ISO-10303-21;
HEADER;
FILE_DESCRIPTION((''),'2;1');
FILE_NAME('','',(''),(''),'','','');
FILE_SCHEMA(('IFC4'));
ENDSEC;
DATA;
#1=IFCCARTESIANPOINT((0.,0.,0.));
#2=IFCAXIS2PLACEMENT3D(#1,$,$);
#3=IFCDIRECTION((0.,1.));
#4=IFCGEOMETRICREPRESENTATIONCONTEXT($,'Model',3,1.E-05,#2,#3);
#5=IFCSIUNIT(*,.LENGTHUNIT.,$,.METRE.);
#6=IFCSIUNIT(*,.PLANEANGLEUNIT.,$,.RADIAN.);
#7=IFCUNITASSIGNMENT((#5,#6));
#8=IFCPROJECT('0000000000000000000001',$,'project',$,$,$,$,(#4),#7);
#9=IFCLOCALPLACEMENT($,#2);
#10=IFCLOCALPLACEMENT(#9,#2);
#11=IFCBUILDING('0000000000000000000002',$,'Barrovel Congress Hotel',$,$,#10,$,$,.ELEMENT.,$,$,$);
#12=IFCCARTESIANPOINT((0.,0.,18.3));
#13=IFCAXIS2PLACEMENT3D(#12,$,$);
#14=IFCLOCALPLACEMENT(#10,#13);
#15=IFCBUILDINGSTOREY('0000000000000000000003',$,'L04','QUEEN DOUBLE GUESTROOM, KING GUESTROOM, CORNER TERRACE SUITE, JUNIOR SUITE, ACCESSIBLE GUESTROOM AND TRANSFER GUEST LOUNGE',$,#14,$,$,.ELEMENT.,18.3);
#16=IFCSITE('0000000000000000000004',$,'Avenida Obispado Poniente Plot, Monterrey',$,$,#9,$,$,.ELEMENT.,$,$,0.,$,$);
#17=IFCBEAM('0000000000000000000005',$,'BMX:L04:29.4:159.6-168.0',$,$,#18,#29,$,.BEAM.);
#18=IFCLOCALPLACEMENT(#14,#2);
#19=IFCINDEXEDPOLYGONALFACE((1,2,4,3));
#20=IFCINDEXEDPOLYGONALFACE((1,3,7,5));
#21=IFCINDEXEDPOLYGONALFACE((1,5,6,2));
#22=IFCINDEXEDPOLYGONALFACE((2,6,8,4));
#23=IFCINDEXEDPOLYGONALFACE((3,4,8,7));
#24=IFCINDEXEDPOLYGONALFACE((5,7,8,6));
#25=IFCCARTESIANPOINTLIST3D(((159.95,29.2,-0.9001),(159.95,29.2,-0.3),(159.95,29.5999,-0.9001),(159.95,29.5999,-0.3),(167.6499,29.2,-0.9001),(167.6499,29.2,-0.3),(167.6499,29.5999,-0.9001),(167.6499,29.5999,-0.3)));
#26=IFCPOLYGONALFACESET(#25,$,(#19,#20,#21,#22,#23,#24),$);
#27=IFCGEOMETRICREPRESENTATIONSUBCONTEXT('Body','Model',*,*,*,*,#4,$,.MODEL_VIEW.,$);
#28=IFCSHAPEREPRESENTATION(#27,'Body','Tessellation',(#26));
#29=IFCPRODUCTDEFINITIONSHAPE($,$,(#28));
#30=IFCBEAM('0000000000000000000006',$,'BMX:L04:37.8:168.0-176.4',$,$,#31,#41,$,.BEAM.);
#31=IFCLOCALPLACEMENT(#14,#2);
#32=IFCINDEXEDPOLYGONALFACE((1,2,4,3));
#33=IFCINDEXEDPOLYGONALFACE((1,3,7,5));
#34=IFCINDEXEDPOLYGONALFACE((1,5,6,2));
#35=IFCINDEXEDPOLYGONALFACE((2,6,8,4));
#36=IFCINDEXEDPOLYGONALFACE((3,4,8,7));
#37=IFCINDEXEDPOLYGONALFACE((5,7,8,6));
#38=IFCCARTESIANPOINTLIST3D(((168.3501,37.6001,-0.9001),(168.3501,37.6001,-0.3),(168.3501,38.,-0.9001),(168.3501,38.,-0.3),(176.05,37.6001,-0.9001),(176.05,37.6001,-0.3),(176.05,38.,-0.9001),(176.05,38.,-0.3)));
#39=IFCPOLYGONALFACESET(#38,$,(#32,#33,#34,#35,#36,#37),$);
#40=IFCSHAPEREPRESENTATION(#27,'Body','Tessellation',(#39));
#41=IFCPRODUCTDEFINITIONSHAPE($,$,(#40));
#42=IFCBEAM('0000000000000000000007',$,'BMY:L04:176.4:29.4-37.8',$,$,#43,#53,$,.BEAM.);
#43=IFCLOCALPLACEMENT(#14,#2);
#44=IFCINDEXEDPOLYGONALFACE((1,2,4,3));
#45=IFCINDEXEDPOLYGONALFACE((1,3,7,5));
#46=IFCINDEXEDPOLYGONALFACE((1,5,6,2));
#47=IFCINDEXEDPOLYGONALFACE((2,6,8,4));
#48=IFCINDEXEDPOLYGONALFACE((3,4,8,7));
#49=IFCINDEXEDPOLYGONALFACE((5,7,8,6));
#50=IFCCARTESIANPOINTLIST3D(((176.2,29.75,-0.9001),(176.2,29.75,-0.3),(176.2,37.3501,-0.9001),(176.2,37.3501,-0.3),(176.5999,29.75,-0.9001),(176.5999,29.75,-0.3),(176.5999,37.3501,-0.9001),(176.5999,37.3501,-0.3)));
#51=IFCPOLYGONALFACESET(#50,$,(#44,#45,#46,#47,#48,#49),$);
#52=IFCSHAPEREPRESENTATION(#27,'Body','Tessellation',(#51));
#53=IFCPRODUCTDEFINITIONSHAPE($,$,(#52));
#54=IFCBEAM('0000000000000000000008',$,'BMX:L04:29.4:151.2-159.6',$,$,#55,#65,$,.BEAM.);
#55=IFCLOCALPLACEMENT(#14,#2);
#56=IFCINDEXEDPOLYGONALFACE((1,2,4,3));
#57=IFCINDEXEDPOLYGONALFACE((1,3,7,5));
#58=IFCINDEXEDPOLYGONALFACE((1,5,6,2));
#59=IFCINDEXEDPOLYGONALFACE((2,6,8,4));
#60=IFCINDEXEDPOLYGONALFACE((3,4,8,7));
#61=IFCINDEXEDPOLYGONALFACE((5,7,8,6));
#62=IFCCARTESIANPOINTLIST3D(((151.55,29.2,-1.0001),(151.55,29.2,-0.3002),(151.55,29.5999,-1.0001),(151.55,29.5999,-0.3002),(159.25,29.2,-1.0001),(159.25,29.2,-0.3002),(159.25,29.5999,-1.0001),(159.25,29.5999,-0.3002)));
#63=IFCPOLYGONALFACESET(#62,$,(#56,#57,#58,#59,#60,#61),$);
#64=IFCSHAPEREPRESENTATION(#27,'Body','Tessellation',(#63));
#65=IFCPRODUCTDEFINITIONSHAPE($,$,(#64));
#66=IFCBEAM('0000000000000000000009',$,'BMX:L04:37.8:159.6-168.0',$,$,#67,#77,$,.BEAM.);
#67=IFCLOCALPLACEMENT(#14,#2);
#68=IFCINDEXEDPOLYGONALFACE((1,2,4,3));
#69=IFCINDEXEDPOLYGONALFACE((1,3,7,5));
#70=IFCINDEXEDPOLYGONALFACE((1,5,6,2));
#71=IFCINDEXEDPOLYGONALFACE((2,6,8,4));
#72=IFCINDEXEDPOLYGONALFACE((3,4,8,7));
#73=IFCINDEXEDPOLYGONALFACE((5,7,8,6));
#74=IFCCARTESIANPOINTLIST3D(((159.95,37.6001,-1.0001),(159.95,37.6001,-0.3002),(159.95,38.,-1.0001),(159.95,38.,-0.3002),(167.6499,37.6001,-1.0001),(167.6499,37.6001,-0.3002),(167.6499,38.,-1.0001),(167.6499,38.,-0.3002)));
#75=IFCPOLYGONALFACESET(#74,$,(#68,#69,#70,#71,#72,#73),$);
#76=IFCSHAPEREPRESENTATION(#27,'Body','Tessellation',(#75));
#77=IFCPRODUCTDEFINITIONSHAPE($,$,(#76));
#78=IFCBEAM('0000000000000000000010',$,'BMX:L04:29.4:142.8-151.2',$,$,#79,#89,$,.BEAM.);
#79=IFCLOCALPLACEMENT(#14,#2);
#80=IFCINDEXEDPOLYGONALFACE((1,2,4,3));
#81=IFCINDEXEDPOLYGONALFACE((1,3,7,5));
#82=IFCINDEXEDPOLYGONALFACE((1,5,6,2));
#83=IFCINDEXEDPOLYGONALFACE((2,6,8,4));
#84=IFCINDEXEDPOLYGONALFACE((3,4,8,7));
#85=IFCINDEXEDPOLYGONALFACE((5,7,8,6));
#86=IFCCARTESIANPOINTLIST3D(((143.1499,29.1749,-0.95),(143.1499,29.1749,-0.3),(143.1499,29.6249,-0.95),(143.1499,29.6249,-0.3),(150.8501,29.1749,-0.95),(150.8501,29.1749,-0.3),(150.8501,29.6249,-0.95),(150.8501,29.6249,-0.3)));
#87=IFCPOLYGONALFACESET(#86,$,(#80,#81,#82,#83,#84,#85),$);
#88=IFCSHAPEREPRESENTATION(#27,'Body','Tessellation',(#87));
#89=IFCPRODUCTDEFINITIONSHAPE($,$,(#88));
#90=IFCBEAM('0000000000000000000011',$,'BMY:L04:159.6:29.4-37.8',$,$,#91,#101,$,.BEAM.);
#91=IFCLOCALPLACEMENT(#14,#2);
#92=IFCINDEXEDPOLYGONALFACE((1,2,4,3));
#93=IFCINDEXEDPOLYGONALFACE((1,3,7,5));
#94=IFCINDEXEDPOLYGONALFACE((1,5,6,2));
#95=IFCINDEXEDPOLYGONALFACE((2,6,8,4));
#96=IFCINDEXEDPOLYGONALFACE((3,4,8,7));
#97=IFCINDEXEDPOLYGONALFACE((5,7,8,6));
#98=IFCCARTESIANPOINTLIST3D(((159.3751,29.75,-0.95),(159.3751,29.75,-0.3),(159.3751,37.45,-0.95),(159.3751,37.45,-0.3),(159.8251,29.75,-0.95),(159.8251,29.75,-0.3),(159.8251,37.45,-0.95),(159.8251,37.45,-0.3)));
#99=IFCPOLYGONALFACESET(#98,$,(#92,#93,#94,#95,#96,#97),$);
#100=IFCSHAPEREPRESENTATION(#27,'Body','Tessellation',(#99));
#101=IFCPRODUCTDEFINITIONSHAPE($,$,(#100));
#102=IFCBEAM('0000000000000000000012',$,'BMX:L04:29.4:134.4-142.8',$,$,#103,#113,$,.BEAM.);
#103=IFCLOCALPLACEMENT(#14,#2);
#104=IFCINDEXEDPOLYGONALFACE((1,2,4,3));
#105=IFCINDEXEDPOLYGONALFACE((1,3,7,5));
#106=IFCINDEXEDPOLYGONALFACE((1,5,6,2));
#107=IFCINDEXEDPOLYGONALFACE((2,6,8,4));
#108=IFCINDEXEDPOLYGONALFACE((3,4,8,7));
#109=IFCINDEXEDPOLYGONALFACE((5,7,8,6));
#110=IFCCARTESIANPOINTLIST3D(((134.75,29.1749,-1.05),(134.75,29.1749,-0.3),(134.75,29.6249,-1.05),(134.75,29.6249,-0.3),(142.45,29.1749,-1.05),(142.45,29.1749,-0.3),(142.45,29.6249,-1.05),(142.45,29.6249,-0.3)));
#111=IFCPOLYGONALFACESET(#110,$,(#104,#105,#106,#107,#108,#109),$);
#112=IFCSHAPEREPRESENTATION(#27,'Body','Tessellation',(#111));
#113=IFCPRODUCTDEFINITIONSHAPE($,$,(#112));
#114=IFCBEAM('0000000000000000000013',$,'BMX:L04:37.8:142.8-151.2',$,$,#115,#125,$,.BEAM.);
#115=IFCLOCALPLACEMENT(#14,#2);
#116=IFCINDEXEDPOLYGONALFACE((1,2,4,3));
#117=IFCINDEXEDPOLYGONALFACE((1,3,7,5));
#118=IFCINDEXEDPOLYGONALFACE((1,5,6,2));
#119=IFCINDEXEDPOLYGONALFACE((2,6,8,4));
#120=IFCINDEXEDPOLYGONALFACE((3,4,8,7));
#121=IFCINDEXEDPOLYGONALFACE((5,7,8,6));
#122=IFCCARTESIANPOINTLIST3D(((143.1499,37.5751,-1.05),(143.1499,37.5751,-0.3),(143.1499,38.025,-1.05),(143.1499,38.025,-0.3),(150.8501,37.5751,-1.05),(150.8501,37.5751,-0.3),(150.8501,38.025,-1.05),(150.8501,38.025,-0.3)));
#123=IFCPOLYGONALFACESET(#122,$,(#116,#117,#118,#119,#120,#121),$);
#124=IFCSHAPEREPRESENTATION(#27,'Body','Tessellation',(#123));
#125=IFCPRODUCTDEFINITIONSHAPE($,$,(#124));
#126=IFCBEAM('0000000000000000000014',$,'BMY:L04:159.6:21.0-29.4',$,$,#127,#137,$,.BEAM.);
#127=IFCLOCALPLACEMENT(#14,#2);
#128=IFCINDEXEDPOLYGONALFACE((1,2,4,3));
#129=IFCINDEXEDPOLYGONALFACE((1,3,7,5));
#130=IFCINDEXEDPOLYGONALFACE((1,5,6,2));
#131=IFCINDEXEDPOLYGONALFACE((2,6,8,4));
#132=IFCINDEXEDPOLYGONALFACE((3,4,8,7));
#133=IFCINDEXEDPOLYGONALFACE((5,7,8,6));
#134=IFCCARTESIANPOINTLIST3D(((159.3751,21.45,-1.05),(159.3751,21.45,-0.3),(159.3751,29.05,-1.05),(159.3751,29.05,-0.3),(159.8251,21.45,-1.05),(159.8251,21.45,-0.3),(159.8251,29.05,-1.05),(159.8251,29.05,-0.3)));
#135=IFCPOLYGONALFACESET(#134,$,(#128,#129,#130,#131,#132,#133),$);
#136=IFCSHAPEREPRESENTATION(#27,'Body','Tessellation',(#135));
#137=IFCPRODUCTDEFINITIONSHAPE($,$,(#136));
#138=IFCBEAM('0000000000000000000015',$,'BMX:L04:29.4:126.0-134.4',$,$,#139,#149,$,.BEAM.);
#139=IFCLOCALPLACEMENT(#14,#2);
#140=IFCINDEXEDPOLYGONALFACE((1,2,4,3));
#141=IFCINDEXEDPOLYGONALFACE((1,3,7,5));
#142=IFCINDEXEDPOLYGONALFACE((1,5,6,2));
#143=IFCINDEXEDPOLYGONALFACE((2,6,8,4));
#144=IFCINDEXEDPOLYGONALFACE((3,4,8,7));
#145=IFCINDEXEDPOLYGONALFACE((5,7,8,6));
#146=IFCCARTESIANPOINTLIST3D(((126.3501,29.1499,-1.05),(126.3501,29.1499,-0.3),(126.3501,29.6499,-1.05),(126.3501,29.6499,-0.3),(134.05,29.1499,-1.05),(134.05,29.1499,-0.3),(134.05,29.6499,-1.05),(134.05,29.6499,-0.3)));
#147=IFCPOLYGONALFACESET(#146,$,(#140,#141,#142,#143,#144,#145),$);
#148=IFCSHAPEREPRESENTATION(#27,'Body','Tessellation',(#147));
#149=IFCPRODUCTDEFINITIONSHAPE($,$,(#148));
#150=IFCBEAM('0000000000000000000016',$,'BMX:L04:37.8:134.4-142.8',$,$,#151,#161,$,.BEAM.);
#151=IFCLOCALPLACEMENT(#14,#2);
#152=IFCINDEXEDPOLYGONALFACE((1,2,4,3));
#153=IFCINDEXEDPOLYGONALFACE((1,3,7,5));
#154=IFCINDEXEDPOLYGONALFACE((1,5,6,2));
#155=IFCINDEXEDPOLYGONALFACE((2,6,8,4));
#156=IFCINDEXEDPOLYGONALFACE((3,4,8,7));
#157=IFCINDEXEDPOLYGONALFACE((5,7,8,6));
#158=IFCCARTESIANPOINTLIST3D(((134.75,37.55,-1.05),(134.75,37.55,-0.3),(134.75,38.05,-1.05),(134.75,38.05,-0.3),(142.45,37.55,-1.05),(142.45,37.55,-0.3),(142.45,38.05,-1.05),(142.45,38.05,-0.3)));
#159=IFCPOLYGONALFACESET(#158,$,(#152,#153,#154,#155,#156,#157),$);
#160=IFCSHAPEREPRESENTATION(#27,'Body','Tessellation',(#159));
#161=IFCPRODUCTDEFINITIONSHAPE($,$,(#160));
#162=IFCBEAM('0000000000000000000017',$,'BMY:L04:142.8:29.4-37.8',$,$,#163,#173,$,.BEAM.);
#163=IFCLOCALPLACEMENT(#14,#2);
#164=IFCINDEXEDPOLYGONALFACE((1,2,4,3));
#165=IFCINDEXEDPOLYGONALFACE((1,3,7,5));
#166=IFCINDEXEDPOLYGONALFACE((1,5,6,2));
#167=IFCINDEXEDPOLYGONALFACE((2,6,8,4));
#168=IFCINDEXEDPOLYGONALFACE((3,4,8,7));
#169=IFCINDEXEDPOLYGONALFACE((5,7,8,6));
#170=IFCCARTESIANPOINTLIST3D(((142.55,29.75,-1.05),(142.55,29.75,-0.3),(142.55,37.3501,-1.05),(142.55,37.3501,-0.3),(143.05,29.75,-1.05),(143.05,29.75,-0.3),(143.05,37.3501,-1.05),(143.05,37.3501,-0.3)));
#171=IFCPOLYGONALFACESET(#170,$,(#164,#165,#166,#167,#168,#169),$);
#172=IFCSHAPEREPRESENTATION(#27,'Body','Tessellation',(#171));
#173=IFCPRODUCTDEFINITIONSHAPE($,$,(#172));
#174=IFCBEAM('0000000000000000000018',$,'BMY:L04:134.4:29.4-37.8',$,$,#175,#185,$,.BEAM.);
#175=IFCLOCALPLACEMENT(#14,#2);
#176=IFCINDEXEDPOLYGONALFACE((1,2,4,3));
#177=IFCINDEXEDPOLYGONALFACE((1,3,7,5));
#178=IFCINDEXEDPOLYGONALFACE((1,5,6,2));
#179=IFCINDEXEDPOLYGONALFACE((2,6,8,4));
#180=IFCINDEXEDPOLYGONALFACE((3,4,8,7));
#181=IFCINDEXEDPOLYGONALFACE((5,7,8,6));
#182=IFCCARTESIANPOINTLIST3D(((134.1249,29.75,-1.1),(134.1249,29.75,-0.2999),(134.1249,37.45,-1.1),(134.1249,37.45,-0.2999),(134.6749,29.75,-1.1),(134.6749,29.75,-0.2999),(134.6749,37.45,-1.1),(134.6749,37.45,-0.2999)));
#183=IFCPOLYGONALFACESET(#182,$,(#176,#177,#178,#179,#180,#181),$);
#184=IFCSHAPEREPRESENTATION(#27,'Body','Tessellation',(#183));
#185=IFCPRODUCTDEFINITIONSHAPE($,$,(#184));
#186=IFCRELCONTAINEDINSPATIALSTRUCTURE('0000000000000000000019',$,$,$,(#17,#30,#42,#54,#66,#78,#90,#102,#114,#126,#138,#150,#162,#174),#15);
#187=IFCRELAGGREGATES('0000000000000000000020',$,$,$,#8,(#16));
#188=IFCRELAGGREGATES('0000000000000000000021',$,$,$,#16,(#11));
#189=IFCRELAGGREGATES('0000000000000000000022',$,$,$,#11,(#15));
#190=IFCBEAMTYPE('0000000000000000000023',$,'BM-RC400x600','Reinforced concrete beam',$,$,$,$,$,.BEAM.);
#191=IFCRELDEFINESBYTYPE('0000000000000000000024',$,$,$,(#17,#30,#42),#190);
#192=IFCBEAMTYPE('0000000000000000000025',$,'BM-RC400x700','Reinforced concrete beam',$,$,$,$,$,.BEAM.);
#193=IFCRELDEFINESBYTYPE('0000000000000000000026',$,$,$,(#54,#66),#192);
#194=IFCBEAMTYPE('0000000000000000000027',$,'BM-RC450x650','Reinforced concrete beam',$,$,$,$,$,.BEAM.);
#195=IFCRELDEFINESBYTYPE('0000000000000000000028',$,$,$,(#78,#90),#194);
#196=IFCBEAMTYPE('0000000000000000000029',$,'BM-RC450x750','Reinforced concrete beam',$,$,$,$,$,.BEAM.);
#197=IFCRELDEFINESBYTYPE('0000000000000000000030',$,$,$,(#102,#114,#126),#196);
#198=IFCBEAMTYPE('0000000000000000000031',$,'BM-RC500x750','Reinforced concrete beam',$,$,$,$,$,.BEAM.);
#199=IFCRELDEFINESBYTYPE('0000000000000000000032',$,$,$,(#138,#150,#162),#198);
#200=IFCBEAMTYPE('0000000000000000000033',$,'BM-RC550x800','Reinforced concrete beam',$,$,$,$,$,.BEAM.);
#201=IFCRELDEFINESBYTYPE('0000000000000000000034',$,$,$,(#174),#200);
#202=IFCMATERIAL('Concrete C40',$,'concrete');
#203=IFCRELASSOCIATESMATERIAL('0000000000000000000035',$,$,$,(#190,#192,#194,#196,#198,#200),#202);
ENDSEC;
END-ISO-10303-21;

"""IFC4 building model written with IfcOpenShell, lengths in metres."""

from ifc_helpers import new_model, si_unit, direction, frame, origin, origin_2d, place, context, subcontext, project, spatial, rectangle, extrude, material, material_profile, profile_set, type_object, element, save


model = new_model("IFC4")

# Units and contexts
model_context = context("Model", 3, precision=1e-05, world=origin(), true_north=direction((0.0, 1.0)))
body_context = subcontext(model_context, "Body", "Model", "MODEL_VIEW")
ifc_project = project(units=[si_unit("LENGTHUNIT", "METRE"), si_unit("PLANEANGLEUNIT", "RADIAN")], contexts=[model_context])

# Site, building, storey
site_placement = place(None, origin())
site = spatial("IfcSite", under=ifc_project, at=site_placement, Name="Avenida Obispado Poniente Plot, Monterrey", CompositionType="ELEMENT", RefElevation=0.0)
building_placement = place(site_placement, origin())
building = spatial("IfcBuilding", under=site, at=building_placement, Name="Barrovel Congress Hotel", CompositionType="ELEMENT")
storey_placement = place(building_placement, frame((0.0, 0.0, 18.3)))
storey = spatial("IfcBuildingStorey", under=building, at=storey_placement, Name="L04", Description="QUEEN DOUBLE GUESTROOM, KING GUESTROOM, CORNER TERRACE SUITE, JUNIOR SUITE, ACCESSIBLE GUESTROOM AND TRANSFER GUEST LOUNGE", CompositionType="ELEMENT", Elevation=18.3)

# Beams
ifc_material_1 = material(Name="Concrete C40", Category="concrete")
ifc_material_profile_1 = material_profile(ifc_material_1, rectangle(XDim=0.3999, YDim=0.6001, at=origin_2d()), Name="RC400x600")
ifc_profile_set_1 = profile_set([ifc_material_profile_1], Name="Concrete C40")
beam_type_1 = type_object("IfcBeamType", Name="BM-RC400x600", Description="Reinforced concrete beam", PredefinedType="BEAM", material=ifc_profile_set_1)
for number, where, z_axis, x_axis, name in (
    (1, (159.95, 29.3999, -0.6001), (1.0, 0.0, 0.0), (0.0, 1.0, 0.0), "BMX:L04:29.4:159.6-168.0"),
    (2, (168.3501, 37.8, -0.6001), (1.0, 0.0, 0.0), (0.0, 1.0, 0.0), "BMX:L04:37.8:168.0-176.4"),
):
    element("IfcBeam", number, at=place(storey_placement, frame(where, z_axis=z_axis, x_axis=x_axis)), inside=storey, type_object=beam_type_1, Name=name, PredefinedType="BEAM", context=body_context, shape_type="SweptSolid", body=[
        extrude(rectangle(XDim=0.3999, YDim=0.6001, at=origin_2d()), origin(), (0.0, 0.0, 1.0), 7.7),
    ])
beam_1_placement = place(storey_placement, frame((176.3999, 29.75, -0.6001), z_axis=(0.0, 1.0, 0.0), x_axis=(-1.0, 0.0, 0.0)))
element("IfcBeam", 3, at=beam_1_placement, inside=storey, type_object=beam_type_1, Name="BMY:L04:176.4:29.4-37.8", PredefinedType="BEAM", context=body_context, shape_type="SweptSolid", body=[
    extrude(rectangle(XDim=0.3999, YDim=0.6001, at=origin_2d()), origin(), (0.0, 0.0, 1.0), 7.6001),
])
ifc_material_profile_2 = material_profile(ifc_material_1, rectangle(XDim=0.3999, YDim=0.7, at=origin_2d()), Name="RC400x700")
ifc_profile_set_2 = profile_set([ifc_material_profile_2], Name="Concrete C40")
beam_type_2 = type_object("IfcBeamType", Name="BM-RC400x700", Description="Reinforced concrete beam", PredefinedType="BEAM", material=ifc_profile_set_2)
for number, where, z_axis, x_axis, name in (
    (4, (151.55, 29.3999, -0.6501), (1.0, 0.0, 0.0), (0.0, 1.0, 0.0), "BMX:L04:29.4:151.2-159.6"),
    (5, (159.95, 37.8, -0.6501), (1.0, 0.0, 0.0), (0.0, 1.0, 0.0), "BMX:L04:37.8:159.6-168.0"),
):
    element("IfcBeam", number, at=place(storey_placement, frame(where, z_axis=z_axis, x_axis=x_axis)), inside=storey, type_object=beam_type_2, Name=name, PredefinedType="BEAM", context=body_context, shape_type="SweptSolid", body=[
        extrude(rectangle(XDim=0.3999, YDim=0.7, at=origin_2d()), origin(), (0.0, 0.0, 1.0), 7.7),
    ])
ifc_material_profile_3 = material_profile(ifc_material_1, rectangle(XDim=0.45, YDim=0.6499, at=origin_2d()), Name="RC450x650")
ifc_profile_set_3 = profile_set([ifc_material_profile_3], Name="Concrete C40")
beam_type_3 = type_object("IfcBeamType", Name="BM-RC450x650", Description="Reinforced concrete beam", PredefinedType="BEAM", material=ifc_profile_set_3)
beam_2_placement = place(storey_placement, frame((143.1499, 29.3999, -0.625), z_axis=(1.0, 0.0, 0.0), x_axis=(0.0, 1.0, 0.0)))
element("IfcBeam", 6, at=beam_2_placement, inside=storey, type_object=beam_type_3, Name="BMX:L04:29.4:142.8-151.2", PredefinedType="BEAM", context=body_context, shape_type="SweptSolid", body=[
    extrude(rectangle(XDim=0.45, YDim=0.6499, at=origin_2d()), origin(), (0.0, 0.0, 1.0), 7.7002),
])
beam_3_placement = place(storey_placement, frame((159.6001, 29.75, -0.625), z_axis=(0.0, 1.0, 0.0), x_axis=(-1.0, 0.0, 0.0)))
element("IfcBeam", 7, at=beam_3_placement, inside=storey, type_object=beam_type_3, Name="BMY:L04:159.6:29.4-37.8", PredefinedType="BEAM", context=body_context, shape_type="SweptSolid", body=[
    extrude(rectangle(XDim=0.45, YDim=0.6499, at=origin_2d()), origin(), (0.0, 0.0, 1.0), 7.7),
])
ifc_material_profile_4 = material_profile(ifc_material_1, rectangle(XDim=0.45, YDim=0.75, at=origin_2d()), Name="RC450x750")
ifc_profile_set_4 = profile_set([ifc_material_profile_4], Name="Concrete C40")
beam_type_4 = type_object("IfcBeamType", Name="BM-RC450x750", Description="Reinforced concrete beam", PredefinedType="BEAM", material=ifc_profile_set_4)
beam_4_placement = place(storey_placement, frame((134.75, 29.3999, -0.675), z_axis=(1.0, 0.0, 0.0), x_axis=(0.0, 1.0, 0.0)))
element("IfcBeam", 8, at=beam_4_placement, inside=storey, type_object=beam_type_4, Name="BMX:L04:29.4:134.4-142.8", PredefinedType="BEAM", context=body_context, shape_type="SweptSolid", body=[
    extrude(rectangle(XDim=0.45, YDim=0.75, at=origin_2d()), origin(), (0.0, 0.0, 1.0), 7.7),
])
beam_5_placement = place(storey_placement, frame((143.1499, 37.8, -0.675), z_axis=(1.0, 0.0, 0.0), x_axis=(0.0, 1.0, 0.0)))
element("IfcBeam", 9, at=beam_5_placement, inside=storey, type_object=beam_type_4, Name="BMX:L04:37.8:142.8-151.2", PredefinedType="BEAM", context=body_context, shape_type="SweptSolid", body=[
    extrude(rectangle(XDim=0.45, YDim=0.75, at=origin_2d()), origin(), (0.0, 0.0, 1.0), 7.7002),
])
beam_6_placement = place(storey_placement, frame((159.6001, 21.45, -0.675), z_axis=(0.0, 1.0, 0.0), x_axis=(-1.0, 0.0, 0.0)))
element("IfcBeam", 10, at=beam_6_placement, inside=storey, type_object=beam_type_4, Name="BMY:L04:159.6:21.0-29.4", PredefinedType="BEAM", context=body_context, shape_type="SweptSolid", body=[
    extrude(rectangle(XDim=0.45, YDim=0.75, at=origin_2d()), origin(), (0.0, 0.0, 1.0), 7.6001),
])
ifc_material_profile_5 = material_profile(ifc_material_1, rectangle(XDim=0.5, YDim=0.75, at=origin_2d()), Name="RC500x750")
ifc_profile_set_5 = profile_set([ifc_material_profile_5], Name="Concrete C40")
beam_type_5 = type_object("IfcBeamType", Name="BM-RC500x750", Description="Reinforced concrete beam", PredefinedType="BEAM", material=ifc_profile_set_5)
for number, where, z_axis, x_axis, name in (
    (11, (126.3501, 29.3999, -0.675), (1.0, 0.0, 0.0), (0.0, 1.0, 0.0), "BMX:L04:29.4:126.0-134.4"),
    (12, (134.75, 37.8, -0.675), (1.0, 0.0, 0.0), (0.0, 1.0, 0.0), "BMX:L04:37.8:134.4-142.8"),
):
    element("IfcBeam", number, at=place(storey_placement, frame(where, z_axis=z_axis, x_axis=x_axis)), inside=storey, type_object=beam_type_5, Name=name, PredefinedType="BEAM", context=body_context, shape_type="SweptSolid", body=[
        extrude(rectangle(XDim=0.5, YDim=0.75, at=origin_2d()), origin(), (0.0, 0.0, 1.0), 7.7),
    ])
beam_7_placement = place(storey_placement, frame((142.8, 29.75, -0.675), z_axis=(0.0, 1.0, 0.0), x_axis=(-1.0, 0.0, 0.0)))
element("IfcBeam", 13, at=beam_7_placement, inside=storey, type_object=beam_type_5, Name="BMY:L04:142.8:29.4-37.8", PredefinedType="BEAM", context=body_context, shape_type="SweptSolid", body=[
    extrude(rectangle(XDim=0.5, YDim=0.75, at=origin_2d()), origin(), (0.0, 0.0, 1.0), 7.6001),
])
ifc_material_profile_6 = material_profile(ifc_material_1, rectangle(XDim=0.55, YDim=0.8, at=origin_2d()), Name="RC550x800")
ifc_profile_set_6 = profile_set([ifc_material_profile_6], Name="Concrete C40")
beam_type_6 = type_object("IfcBeamType", Name="BM-RC550x800", Description="Reinforced concrete beam", PredefinedType="BEAM", material=ifc_profile_set_6)
beam_8_placement = place(storey_placement, frame((134.3999, 29.75, -0.7), z_axis=(0.0, 1.0, 0.0), x_axis=(-1.0, 0.0, 0.0)))
element("IfcBeam", 14, at=beam_8_placement, inside=storey, type_object=beam_type_6, Name="BMY:L04:134.4:29.4-37.8", PredefinedType="BEAM", context=body_context, shape_type="SweptSolid", body=[
    extrude(rectangle(XDim=0.55, YDim=0.8, at=origin_2d()), origin(), (0.0, 0.0, 1.0), 7.7),
])

save(model, "model.ifc")
